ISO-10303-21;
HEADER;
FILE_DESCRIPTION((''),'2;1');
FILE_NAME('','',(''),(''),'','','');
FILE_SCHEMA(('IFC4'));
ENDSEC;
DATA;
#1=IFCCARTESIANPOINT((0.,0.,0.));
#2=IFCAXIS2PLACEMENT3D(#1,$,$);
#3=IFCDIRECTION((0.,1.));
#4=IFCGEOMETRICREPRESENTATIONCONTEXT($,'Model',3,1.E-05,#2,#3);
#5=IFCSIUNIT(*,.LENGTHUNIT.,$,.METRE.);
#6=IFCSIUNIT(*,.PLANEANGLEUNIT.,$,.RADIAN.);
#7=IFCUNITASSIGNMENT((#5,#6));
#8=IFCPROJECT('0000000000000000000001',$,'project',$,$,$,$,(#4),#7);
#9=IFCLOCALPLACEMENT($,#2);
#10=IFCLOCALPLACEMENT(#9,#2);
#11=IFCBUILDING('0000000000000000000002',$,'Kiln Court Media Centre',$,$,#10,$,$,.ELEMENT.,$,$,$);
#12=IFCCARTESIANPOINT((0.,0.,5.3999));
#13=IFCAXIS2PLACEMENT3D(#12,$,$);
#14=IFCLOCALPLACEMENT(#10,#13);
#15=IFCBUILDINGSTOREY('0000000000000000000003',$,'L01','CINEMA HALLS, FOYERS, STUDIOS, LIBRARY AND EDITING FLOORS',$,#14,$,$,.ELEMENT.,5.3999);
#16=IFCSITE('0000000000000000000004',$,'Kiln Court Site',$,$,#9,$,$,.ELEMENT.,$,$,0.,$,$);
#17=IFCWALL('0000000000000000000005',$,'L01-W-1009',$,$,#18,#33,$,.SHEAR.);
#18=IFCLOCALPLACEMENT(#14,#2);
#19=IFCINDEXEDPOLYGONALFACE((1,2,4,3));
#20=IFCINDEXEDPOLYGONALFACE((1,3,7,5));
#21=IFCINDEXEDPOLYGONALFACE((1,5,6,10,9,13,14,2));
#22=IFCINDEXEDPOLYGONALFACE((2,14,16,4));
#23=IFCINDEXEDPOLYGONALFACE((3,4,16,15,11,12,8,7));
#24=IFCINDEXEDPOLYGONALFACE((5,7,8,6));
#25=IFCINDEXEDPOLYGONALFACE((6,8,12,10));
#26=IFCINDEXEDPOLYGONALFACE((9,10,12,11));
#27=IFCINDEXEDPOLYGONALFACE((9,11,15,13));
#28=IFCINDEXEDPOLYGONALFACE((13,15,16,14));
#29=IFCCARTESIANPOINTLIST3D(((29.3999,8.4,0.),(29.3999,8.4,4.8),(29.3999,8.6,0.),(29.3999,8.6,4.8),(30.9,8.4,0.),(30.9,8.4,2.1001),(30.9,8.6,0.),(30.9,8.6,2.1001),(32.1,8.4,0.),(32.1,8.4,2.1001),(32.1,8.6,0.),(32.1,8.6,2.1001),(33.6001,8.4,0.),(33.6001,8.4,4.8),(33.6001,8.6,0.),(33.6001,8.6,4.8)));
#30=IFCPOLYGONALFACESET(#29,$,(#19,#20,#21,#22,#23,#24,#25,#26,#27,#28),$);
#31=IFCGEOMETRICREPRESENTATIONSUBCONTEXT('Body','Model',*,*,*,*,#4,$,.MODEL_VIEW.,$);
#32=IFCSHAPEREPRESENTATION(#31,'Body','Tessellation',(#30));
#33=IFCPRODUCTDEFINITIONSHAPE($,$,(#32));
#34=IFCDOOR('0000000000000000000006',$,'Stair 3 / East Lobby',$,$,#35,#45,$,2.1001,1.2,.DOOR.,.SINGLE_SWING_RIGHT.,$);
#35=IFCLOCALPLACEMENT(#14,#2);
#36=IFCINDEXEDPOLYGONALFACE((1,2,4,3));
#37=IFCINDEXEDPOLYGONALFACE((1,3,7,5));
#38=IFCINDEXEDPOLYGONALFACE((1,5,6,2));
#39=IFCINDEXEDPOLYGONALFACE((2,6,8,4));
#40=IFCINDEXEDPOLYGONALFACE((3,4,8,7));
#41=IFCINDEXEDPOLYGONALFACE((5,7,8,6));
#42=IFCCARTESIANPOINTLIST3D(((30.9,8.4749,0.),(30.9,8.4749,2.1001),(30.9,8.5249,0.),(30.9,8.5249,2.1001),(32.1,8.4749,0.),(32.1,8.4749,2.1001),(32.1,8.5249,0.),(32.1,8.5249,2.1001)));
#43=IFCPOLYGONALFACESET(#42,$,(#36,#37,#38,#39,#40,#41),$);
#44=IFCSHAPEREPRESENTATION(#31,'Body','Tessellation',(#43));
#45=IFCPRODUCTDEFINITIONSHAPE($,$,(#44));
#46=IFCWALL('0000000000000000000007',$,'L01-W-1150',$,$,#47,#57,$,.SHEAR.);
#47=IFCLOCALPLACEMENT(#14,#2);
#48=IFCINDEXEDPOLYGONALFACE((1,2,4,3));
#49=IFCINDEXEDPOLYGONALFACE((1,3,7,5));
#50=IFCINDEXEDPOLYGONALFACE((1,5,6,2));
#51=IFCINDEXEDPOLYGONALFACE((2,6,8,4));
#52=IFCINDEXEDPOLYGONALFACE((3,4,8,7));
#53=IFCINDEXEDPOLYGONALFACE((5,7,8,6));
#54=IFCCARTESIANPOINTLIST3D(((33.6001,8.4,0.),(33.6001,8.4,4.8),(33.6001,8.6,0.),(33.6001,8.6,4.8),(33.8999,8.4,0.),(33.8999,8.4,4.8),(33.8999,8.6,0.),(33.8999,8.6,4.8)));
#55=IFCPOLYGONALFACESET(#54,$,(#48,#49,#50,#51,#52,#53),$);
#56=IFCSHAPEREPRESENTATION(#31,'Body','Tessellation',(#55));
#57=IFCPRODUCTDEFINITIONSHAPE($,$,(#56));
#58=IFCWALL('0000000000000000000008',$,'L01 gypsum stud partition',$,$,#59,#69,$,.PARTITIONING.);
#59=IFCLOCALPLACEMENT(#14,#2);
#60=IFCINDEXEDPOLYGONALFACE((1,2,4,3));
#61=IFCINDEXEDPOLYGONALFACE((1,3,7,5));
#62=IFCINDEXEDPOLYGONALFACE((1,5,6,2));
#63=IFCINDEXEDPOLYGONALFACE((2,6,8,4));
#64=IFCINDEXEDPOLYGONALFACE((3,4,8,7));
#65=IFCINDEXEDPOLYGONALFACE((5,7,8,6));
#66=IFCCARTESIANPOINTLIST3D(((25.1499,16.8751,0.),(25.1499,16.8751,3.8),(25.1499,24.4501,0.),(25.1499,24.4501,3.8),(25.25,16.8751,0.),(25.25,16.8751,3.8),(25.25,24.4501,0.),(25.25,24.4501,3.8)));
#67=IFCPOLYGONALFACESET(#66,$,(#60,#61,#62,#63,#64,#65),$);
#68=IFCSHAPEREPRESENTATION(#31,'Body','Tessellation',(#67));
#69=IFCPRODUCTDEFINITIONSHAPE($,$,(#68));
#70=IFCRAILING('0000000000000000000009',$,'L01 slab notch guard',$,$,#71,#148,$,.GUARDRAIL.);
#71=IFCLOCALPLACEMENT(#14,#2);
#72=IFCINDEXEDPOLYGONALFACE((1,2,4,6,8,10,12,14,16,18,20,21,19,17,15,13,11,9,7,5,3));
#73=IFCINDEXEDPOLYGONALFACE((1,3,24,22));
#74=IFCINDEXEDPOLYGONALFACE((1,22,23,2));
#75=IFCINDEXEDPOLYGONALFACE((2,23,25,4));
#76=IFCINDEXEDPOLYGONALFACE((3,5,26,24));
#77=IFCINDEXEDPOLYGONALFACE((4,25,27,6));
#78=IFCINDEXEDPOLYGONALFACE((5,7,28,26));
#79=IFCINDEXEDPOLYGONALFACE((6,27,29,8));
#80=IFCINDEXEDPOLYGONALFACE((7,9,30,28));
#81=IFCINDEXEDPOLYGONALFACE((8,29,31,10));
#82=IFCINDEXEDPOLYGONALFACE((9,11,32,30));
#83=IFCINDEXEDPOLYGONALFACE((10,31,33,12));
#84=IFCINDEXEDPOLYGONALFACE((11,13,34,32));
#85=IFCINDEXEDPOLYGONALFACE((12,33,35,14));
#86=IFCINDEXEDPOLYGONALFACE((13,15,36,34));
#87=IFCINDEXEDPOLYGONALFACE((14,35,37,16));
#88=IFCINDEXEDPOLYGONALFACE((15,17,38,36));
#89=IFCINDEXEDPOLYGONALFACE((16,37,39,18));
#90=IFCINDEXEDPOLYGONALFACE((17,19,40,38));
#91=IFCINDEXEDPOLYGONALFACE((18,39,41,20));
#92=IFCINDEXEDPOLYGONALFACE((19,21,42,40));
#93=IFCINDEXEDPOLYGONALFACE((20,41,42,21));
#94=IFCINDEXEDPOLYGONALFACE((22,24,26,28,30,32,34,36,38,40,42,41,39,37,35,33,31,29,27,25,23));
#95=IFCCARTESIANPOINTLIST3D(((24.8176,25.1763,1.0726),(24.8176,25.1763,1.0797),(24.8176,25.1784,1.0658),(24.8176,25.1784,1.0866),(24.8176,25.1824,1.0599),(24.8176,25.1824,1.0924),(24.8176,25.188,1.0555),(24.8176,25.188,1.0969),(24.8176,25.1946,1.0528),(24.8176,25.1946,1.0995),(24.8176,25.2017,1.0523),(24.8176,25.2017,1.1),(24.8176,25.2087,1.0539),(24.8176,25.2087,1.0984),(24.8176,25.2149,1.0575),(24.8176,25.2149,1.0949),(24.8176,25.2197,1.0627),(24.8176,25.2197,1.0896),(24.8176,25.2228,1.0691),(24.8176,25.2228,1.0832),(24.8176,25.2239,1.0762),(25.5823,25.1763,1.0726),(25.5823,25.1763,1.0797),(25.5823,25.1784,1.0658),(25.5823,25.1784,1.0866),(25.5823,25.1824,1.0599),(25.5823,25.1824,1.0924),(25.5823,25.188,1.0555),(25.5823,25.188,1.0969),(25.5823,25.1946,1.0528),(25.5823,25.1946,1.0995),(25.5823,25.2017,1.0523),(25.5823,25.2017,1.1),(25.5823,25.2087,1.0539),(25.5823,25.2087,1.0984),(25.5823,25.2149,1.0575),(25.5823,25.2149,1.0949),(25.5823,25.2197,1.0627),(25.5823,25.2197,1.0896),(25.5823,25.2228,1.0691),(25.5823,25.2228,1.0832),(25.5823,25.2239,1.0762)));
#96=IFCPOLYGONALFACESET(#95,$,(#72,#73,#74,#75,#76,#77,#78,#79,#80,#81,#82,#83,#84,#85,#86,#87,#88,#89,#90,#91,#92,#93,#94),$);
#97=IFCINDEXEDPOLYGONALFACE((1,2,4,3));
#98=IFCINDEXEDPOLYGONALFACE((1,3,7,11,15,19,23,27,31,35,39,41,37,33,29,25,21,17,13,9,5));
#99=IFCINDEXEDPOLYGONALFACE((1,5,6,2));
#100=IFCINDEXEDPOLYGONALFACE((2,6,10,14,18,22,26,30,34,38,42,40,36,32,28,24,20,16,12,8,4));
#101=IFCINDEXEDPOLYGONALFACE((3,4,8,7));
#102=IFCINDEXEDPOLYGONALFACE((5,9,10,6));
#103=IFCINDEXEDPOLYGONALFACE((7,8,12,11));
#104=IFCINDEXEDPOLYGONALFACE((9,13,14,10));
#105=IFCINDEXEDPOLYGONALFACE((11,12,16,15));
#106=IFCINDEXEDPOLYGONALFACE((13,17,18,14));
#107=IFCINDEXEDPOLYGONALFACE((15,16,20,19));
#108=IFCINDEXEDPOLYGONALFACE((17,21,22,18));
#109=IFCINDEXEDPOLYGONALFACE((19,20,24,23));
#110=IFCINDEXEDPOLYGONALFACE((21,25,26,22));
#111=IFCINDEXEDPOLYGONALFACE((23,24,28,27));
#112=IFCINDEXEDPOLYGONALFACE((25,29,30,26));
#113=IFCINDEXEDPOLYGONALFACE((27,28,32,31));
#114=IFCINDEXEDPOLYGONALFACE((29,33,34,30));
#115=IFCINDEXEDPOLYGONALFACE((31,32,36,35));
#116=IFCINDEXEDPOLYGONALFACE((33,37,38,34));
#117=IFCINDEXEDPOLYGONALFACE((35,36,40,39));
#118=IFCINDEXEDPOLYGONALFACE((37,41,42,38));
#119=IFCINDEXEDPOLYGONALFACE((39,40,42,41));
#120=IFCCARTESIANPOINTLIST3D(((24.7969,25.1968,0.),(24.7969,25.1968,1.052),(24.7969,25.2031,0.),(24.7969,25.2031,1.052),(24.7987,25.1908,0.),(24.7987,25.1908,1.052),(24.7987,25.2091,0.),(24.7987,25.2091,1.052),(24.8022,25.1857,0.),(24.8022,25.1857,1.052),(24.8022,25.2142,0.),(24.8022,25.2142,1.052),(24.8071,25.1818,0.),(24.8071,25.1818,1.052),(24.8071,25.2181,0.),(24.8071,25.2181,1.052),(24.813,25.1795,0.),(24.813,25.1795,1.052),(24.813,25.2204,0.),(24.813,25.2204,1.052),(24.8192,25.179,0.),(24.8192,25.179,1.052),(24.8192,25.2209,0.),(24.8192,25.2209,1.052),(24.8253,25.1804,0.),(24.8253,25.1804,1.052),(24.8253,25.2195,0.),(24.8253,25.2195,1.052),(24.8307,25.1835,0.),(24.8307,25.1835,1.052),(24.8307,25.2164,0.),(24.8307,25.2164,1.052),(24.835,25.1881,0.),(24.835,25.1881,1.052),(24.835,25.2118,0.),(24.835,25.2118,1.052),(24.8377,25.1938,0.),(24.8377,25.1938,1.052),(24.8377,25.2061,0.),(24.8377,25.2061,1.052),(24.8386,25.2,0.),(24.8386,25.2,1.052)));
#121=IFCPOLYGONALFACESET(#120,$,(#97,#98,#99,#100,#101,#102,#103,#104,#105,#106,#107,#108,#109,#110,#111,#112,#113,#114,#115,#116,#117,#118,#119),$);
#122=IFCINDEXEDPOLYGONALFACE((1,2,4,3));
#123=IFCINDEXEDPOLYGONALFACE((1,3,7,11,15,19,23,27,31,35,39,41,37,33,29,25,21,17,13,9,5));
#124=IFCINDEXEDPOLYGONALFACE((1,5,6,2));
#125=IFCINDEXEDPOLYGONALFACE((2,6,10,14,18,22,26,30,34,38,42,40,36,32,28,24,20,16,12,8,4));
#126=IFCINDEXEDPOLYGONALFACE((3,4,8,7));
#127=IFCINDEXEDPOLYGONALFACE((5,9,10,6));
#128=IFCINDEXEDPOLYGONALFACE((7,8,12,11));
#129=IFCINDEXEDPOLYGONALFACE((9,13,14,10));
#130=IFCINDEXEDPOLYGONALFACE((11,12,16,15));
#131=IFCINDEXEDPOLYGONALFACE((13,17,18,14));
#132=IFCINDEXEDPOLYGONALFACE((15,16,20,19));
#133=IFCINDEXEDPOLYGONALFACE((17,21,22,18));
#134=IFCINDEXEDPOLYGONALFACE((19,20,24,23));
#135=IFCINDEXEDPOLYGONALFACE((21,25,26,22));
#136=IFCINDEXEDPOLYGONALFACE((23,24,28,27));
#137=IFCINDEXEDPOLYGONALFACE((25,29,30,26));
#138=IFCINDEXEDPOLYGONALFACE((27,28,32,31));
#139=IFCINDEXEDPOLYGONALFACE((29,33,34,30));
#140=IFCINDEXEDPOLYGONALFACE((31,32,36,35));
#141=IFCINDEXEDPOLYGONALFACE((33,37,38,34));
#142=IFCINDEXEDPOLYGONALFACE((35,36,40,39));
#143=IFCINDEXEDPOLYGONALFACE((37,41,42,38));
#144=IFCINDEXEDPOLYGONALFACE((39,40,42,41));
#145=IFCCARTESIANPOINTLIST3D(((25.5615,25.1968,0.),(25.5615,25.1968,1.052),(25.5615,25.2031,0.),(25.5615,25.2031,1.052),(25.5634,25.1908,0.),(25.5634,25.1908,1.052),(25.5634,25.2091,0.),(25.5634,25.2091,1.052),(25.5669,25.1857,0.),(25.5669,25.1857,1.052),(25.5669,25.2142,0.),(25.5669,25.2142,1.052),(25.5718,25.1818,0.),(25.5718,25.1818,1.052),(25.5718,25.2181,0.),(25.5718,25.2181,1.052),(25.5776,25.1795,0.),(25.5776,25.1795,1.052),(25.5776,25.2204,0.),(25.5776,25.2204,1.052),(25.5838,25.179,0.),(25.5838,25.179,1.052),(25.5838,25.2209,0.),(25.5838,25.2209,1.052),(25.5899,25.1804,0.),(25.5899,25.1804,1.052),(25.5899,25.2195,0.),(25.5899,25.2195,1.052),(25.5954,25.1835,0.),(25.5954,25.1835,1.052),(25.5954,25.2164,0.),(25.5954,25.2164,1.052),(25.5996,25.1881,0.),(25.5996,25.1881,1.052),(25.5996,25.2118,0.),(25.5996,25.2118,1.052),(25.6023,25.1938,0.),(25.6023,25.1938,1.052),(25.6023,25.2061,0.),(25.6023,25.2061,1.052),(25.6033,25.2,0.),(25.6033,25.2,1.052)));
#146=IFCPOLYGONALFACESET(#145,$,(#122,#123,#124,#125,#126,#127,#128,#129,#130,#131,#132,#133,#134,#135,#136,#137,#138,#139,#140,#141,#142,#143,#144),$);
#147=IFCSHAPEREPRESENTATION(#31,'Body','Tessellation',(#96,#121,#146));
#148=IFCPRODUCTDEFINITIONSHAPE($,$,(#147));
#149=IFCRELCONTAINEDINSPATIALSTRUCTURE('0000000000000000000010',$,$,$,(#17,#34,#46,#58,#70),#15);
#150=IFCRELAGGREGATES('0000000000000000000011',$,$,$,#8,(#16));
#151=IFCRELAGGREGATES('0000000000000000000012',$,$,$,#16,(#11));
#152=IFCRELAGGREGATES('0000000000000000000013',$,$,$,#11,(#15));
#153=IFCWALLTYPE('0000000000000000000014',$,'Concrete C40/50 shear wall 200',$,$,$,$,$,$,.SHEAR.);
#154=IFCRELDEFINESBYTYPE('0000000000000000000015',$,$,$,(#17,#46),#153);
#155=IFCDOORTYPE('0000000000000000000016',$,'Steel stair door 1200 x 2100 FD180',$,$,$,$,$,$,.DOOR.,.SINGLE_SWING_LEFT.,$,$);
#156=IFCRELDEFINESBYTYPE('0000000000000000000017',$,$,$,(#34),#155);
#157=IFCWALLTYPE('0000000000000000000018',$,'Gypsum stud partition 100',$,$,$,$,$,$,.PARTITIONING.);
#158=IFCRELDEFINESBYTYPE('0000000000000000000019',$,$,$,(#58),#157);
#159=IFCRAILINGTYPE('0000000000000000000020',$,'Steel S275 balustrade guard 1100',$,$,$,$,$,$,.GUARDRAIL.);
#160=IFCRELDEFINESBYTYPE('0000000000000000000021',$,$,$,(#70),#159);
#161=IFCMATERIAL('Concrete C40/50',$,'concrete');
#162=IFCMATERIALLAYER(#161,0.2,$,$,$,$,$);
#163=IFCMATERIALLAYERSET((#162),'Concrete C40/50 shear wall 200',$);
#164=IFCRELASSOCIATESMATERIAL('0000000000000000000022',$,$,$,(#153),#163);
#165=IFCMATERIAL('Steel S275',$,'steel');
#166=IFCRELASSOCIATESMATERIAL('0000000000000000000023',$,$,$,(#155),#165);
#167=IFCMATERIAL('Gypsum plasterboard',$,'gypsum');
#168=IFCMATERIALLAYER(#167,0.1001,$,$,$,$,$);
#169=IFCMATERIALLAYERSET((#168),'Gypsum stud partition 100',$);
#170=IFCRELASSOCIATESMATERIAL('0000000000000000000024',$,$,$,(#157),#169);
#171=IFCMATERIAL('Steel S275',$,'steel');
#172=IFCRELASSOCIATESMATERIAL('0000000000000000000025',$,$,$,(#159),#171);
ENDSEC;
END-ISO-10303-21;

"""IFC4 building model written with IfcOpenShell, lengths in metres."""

from ifc_helpers import new_model, si_unit, direction, frame, frame_2d, origin, origin_2d, place, context, subcontext, project, spatial, rectangle, circle, extrude, material, layer, layer_set, type_object, element, fill, save


model = new_model("IFC4")

# Units and contexts
model_context = context("Model", 3, precision=1e-05, world=origin(), true_north=direction((0.0, 1.0)))
body_context = subcontext(model_context, "Body", "Model", "MODEL_VIEW")
ifc_project = project(units=[si_unit("LENGTHUNIT", "METRE"), si_unit("PLANEANGLEUNIT", "RADIAN")], contexts=[model_context])

# Site, building, storey
site_placement = place(None, origin())
site = spatial("IfcSite", under=ifc_project, at=site_placement, Name="Kiln Court Site", CompositionType="ELEMENT", RefElevation=0.0)
building_placement = place(site_placement, origin())
building = spatial("IfcBuilding", under=site, at=building_placement, Name="Kiln Court Media Centre", CompositionType="ELEMENT")
storey_placement = place(building_placement, frame((0.0, 0.0, 5.3999)))
storey = spatial("IfcBuildingStorey", under=building, at=storey_placement, Name="L01", Description="CINEMA HALLS, FOYERS, STUDIOS, LIBRARY AND EDITING FLOORS", CompositionType="ELEMENT", Elevation=5.3999)

# Wall, opening, door
ifc_material_1 = material(Name="Concrete C40/50", Category="concrete")
ifc_layer_1 = layer(ifc_material_1, 0.2)
ifc_layer_set_1 = layer_set([ifc_layer_1], Name="Concrete C40/50 shear wall 200")
wall_type_1 = type_object("IfcWallType", Name="Concrete C40/50 shear wall 200", PredefinedType="SHEAR", material=ifc_layer_set_1)
wall_1_placement = place(storey_placement, frame((29.3999, 8.5, 0.0), z_axis=(0.0, 0.0, 1.0), x_axis=(1.0, 0.0, 0.0)))
wall_1 = element("IfcWall", 1, at=wall_1_placement, inside=storey, type_object=wall_type_1, Name="L01-W-1009", PredefinedType="SHEAR", context=body_context, shape_type="SweptSolid", body=[
    extrude(rectangle(XDim=4.2002, YDim=0.2, at=frame_2d((2.1001, 0.0))), origin(), (0.0, 0.0, 1.0), 4.8),
])
opening_1_placement = place(wall_1_placement, frame((1.5, 0.0, 0.0)))
opening_1 = element("IfcOpeningElement", 2, at=opening_1_placement, cuts=wall_1, PredefinedType="OPENING", context=body_context, shape_type="SweptSolid", body=[
    extrude(rectangle(XDim=1.2, YDim=2.1001, at=frame_2d((0.6001, 1.05))), frame((0.0, 0.1099, 0.0), z_axis=(0.0, -1.0, 0.0), x_axis=(1.0, 0.0, 0.0)), (0.0, 0.0, 1.0), 0.22),
])
ifc_material_2 = material(Name="Steel S275", Category="steel")
door_type = type_object("IfcDoorType", Name="Steel stair door 1200 x 2100 FD180", OperationType="SINGLE_SWING_LEFT", PredefinedType="DOOR", material=ifc_material_2)
door_placement = place(opening_1_placement, origin())
door = element("IfcDoor", 3, at=door_placement, inside=storey, type_object=door_type, Name="Stair 3 / East Lobby", OperationType="SINGLE_SWING_RIGHT", OverallHeight=2.1001, OverallWidth=1.2, PredefinedType="DOOR", context=body_context, shape_type="SweptSolid", body=[
    extrude(rectangle(XDim=1.2, YDim=2.1001, at=frame_2d((0.6001, 1.05))), frame((0.0, 0.0249, 0.0), z_axis=(0.0, -1.0, 0.0), x_axis=(1.0, 0.0, 0.0)), (0.0, 0.0, 1.0), 0.05),
])
fill(opening_1, door)

# Walls
wall_2_placement = place(storey_placement, frame((33.6001, 8.5, 0.0), z_axis=(0.0, 0.0, 1.0), x_axis=(1.0, 0.0, 0.0)))
element("IfcWall", 4, at=wall_2_placement, inside=storey, type_object=wall_type_1, Name="L01-W-1150", PredefinedType="SHEAR", context=body_context, shape_type="SweptSolid", body=[
    extrude(rectangle(XDim=0.2998, YDim=0.2, at=frame_2d((0.1499, 0.0))), origin(), (0.0, 0.0, 1.0), 4.8),
])
ifc_material_3 = material(Name="Gypsum plasterboard", Category="gypsum")
ifc_layer_2 = layer(ifc_material_3, 0.1001)
ifc_layer_set_2 = layer_set([ifc_layer_2], Name="Gypsum stud partition 100")
wall_type_2 = type_object("IfcWallType", Name="Gypsum stud partition 100", PredefinedType="PARTITIONING", material=ifc_layer_set_2)
wall_3_placement = place(storey_placement, frame((25.2, 16.875, 0.0), z_axis=(0.0, 0.0, 1.0), x_axis=(0.0, 1.0, 0.0)))
element("IfcWall", 5, at=wall_3_placement, inside=storey, type_object=wall_type_2, Name="L01 gypsum stud partition", PredefinedType="PARTITIONING", context=body_context, shape_type="SweptSolid", body=[
    extrude(rectangle(XDim=7.575, YDim=0.1001, at=frame_2d((3.7876, 0.0))), origin(), (0.0, 0.0, 1.0), 3.8),
])

# Railing
ifc_material_4 = material(Name="Steel S275", Category="steel")
railing_type = type_object("IfcRailingType", Name="Steel S275 balustrade guard 1100", PredefinedType="GUARDRAIL", material=ifc_material_4)
railing_placement = place(storey_placement, frame((24.8176, 25.2, 0.0)))
element("IfcRailing", 6, at=railing_placement, inside=storey, type_object=railing_type, Name="L01 slab notch guard", PredefinedType="GUARDRAIL", context=body_context, shape_type="SweptSolid", body=[
    extrude(circle(Radius=0.0239, at=origin_2d()), frame((0.0, 0.0, 1.0762), z_axis=(1.0, 0.0, 0.0), x_axis=(0.0, 1.0, 0.0)), (0.0, 0.0, 1.0), 0.7646),
    extrude(circle(Radius=0.021, at=origin_2d()), origin(), (0.0, 0.0, 1.0), 1.052),
    extrude(circle(Radius=0.021, at=origin_2d()), frame((0.7646, 0.0, 0.0)), (0.0, 0.0, 1.0), 1.052),
])

save(model, "model.ifc")
